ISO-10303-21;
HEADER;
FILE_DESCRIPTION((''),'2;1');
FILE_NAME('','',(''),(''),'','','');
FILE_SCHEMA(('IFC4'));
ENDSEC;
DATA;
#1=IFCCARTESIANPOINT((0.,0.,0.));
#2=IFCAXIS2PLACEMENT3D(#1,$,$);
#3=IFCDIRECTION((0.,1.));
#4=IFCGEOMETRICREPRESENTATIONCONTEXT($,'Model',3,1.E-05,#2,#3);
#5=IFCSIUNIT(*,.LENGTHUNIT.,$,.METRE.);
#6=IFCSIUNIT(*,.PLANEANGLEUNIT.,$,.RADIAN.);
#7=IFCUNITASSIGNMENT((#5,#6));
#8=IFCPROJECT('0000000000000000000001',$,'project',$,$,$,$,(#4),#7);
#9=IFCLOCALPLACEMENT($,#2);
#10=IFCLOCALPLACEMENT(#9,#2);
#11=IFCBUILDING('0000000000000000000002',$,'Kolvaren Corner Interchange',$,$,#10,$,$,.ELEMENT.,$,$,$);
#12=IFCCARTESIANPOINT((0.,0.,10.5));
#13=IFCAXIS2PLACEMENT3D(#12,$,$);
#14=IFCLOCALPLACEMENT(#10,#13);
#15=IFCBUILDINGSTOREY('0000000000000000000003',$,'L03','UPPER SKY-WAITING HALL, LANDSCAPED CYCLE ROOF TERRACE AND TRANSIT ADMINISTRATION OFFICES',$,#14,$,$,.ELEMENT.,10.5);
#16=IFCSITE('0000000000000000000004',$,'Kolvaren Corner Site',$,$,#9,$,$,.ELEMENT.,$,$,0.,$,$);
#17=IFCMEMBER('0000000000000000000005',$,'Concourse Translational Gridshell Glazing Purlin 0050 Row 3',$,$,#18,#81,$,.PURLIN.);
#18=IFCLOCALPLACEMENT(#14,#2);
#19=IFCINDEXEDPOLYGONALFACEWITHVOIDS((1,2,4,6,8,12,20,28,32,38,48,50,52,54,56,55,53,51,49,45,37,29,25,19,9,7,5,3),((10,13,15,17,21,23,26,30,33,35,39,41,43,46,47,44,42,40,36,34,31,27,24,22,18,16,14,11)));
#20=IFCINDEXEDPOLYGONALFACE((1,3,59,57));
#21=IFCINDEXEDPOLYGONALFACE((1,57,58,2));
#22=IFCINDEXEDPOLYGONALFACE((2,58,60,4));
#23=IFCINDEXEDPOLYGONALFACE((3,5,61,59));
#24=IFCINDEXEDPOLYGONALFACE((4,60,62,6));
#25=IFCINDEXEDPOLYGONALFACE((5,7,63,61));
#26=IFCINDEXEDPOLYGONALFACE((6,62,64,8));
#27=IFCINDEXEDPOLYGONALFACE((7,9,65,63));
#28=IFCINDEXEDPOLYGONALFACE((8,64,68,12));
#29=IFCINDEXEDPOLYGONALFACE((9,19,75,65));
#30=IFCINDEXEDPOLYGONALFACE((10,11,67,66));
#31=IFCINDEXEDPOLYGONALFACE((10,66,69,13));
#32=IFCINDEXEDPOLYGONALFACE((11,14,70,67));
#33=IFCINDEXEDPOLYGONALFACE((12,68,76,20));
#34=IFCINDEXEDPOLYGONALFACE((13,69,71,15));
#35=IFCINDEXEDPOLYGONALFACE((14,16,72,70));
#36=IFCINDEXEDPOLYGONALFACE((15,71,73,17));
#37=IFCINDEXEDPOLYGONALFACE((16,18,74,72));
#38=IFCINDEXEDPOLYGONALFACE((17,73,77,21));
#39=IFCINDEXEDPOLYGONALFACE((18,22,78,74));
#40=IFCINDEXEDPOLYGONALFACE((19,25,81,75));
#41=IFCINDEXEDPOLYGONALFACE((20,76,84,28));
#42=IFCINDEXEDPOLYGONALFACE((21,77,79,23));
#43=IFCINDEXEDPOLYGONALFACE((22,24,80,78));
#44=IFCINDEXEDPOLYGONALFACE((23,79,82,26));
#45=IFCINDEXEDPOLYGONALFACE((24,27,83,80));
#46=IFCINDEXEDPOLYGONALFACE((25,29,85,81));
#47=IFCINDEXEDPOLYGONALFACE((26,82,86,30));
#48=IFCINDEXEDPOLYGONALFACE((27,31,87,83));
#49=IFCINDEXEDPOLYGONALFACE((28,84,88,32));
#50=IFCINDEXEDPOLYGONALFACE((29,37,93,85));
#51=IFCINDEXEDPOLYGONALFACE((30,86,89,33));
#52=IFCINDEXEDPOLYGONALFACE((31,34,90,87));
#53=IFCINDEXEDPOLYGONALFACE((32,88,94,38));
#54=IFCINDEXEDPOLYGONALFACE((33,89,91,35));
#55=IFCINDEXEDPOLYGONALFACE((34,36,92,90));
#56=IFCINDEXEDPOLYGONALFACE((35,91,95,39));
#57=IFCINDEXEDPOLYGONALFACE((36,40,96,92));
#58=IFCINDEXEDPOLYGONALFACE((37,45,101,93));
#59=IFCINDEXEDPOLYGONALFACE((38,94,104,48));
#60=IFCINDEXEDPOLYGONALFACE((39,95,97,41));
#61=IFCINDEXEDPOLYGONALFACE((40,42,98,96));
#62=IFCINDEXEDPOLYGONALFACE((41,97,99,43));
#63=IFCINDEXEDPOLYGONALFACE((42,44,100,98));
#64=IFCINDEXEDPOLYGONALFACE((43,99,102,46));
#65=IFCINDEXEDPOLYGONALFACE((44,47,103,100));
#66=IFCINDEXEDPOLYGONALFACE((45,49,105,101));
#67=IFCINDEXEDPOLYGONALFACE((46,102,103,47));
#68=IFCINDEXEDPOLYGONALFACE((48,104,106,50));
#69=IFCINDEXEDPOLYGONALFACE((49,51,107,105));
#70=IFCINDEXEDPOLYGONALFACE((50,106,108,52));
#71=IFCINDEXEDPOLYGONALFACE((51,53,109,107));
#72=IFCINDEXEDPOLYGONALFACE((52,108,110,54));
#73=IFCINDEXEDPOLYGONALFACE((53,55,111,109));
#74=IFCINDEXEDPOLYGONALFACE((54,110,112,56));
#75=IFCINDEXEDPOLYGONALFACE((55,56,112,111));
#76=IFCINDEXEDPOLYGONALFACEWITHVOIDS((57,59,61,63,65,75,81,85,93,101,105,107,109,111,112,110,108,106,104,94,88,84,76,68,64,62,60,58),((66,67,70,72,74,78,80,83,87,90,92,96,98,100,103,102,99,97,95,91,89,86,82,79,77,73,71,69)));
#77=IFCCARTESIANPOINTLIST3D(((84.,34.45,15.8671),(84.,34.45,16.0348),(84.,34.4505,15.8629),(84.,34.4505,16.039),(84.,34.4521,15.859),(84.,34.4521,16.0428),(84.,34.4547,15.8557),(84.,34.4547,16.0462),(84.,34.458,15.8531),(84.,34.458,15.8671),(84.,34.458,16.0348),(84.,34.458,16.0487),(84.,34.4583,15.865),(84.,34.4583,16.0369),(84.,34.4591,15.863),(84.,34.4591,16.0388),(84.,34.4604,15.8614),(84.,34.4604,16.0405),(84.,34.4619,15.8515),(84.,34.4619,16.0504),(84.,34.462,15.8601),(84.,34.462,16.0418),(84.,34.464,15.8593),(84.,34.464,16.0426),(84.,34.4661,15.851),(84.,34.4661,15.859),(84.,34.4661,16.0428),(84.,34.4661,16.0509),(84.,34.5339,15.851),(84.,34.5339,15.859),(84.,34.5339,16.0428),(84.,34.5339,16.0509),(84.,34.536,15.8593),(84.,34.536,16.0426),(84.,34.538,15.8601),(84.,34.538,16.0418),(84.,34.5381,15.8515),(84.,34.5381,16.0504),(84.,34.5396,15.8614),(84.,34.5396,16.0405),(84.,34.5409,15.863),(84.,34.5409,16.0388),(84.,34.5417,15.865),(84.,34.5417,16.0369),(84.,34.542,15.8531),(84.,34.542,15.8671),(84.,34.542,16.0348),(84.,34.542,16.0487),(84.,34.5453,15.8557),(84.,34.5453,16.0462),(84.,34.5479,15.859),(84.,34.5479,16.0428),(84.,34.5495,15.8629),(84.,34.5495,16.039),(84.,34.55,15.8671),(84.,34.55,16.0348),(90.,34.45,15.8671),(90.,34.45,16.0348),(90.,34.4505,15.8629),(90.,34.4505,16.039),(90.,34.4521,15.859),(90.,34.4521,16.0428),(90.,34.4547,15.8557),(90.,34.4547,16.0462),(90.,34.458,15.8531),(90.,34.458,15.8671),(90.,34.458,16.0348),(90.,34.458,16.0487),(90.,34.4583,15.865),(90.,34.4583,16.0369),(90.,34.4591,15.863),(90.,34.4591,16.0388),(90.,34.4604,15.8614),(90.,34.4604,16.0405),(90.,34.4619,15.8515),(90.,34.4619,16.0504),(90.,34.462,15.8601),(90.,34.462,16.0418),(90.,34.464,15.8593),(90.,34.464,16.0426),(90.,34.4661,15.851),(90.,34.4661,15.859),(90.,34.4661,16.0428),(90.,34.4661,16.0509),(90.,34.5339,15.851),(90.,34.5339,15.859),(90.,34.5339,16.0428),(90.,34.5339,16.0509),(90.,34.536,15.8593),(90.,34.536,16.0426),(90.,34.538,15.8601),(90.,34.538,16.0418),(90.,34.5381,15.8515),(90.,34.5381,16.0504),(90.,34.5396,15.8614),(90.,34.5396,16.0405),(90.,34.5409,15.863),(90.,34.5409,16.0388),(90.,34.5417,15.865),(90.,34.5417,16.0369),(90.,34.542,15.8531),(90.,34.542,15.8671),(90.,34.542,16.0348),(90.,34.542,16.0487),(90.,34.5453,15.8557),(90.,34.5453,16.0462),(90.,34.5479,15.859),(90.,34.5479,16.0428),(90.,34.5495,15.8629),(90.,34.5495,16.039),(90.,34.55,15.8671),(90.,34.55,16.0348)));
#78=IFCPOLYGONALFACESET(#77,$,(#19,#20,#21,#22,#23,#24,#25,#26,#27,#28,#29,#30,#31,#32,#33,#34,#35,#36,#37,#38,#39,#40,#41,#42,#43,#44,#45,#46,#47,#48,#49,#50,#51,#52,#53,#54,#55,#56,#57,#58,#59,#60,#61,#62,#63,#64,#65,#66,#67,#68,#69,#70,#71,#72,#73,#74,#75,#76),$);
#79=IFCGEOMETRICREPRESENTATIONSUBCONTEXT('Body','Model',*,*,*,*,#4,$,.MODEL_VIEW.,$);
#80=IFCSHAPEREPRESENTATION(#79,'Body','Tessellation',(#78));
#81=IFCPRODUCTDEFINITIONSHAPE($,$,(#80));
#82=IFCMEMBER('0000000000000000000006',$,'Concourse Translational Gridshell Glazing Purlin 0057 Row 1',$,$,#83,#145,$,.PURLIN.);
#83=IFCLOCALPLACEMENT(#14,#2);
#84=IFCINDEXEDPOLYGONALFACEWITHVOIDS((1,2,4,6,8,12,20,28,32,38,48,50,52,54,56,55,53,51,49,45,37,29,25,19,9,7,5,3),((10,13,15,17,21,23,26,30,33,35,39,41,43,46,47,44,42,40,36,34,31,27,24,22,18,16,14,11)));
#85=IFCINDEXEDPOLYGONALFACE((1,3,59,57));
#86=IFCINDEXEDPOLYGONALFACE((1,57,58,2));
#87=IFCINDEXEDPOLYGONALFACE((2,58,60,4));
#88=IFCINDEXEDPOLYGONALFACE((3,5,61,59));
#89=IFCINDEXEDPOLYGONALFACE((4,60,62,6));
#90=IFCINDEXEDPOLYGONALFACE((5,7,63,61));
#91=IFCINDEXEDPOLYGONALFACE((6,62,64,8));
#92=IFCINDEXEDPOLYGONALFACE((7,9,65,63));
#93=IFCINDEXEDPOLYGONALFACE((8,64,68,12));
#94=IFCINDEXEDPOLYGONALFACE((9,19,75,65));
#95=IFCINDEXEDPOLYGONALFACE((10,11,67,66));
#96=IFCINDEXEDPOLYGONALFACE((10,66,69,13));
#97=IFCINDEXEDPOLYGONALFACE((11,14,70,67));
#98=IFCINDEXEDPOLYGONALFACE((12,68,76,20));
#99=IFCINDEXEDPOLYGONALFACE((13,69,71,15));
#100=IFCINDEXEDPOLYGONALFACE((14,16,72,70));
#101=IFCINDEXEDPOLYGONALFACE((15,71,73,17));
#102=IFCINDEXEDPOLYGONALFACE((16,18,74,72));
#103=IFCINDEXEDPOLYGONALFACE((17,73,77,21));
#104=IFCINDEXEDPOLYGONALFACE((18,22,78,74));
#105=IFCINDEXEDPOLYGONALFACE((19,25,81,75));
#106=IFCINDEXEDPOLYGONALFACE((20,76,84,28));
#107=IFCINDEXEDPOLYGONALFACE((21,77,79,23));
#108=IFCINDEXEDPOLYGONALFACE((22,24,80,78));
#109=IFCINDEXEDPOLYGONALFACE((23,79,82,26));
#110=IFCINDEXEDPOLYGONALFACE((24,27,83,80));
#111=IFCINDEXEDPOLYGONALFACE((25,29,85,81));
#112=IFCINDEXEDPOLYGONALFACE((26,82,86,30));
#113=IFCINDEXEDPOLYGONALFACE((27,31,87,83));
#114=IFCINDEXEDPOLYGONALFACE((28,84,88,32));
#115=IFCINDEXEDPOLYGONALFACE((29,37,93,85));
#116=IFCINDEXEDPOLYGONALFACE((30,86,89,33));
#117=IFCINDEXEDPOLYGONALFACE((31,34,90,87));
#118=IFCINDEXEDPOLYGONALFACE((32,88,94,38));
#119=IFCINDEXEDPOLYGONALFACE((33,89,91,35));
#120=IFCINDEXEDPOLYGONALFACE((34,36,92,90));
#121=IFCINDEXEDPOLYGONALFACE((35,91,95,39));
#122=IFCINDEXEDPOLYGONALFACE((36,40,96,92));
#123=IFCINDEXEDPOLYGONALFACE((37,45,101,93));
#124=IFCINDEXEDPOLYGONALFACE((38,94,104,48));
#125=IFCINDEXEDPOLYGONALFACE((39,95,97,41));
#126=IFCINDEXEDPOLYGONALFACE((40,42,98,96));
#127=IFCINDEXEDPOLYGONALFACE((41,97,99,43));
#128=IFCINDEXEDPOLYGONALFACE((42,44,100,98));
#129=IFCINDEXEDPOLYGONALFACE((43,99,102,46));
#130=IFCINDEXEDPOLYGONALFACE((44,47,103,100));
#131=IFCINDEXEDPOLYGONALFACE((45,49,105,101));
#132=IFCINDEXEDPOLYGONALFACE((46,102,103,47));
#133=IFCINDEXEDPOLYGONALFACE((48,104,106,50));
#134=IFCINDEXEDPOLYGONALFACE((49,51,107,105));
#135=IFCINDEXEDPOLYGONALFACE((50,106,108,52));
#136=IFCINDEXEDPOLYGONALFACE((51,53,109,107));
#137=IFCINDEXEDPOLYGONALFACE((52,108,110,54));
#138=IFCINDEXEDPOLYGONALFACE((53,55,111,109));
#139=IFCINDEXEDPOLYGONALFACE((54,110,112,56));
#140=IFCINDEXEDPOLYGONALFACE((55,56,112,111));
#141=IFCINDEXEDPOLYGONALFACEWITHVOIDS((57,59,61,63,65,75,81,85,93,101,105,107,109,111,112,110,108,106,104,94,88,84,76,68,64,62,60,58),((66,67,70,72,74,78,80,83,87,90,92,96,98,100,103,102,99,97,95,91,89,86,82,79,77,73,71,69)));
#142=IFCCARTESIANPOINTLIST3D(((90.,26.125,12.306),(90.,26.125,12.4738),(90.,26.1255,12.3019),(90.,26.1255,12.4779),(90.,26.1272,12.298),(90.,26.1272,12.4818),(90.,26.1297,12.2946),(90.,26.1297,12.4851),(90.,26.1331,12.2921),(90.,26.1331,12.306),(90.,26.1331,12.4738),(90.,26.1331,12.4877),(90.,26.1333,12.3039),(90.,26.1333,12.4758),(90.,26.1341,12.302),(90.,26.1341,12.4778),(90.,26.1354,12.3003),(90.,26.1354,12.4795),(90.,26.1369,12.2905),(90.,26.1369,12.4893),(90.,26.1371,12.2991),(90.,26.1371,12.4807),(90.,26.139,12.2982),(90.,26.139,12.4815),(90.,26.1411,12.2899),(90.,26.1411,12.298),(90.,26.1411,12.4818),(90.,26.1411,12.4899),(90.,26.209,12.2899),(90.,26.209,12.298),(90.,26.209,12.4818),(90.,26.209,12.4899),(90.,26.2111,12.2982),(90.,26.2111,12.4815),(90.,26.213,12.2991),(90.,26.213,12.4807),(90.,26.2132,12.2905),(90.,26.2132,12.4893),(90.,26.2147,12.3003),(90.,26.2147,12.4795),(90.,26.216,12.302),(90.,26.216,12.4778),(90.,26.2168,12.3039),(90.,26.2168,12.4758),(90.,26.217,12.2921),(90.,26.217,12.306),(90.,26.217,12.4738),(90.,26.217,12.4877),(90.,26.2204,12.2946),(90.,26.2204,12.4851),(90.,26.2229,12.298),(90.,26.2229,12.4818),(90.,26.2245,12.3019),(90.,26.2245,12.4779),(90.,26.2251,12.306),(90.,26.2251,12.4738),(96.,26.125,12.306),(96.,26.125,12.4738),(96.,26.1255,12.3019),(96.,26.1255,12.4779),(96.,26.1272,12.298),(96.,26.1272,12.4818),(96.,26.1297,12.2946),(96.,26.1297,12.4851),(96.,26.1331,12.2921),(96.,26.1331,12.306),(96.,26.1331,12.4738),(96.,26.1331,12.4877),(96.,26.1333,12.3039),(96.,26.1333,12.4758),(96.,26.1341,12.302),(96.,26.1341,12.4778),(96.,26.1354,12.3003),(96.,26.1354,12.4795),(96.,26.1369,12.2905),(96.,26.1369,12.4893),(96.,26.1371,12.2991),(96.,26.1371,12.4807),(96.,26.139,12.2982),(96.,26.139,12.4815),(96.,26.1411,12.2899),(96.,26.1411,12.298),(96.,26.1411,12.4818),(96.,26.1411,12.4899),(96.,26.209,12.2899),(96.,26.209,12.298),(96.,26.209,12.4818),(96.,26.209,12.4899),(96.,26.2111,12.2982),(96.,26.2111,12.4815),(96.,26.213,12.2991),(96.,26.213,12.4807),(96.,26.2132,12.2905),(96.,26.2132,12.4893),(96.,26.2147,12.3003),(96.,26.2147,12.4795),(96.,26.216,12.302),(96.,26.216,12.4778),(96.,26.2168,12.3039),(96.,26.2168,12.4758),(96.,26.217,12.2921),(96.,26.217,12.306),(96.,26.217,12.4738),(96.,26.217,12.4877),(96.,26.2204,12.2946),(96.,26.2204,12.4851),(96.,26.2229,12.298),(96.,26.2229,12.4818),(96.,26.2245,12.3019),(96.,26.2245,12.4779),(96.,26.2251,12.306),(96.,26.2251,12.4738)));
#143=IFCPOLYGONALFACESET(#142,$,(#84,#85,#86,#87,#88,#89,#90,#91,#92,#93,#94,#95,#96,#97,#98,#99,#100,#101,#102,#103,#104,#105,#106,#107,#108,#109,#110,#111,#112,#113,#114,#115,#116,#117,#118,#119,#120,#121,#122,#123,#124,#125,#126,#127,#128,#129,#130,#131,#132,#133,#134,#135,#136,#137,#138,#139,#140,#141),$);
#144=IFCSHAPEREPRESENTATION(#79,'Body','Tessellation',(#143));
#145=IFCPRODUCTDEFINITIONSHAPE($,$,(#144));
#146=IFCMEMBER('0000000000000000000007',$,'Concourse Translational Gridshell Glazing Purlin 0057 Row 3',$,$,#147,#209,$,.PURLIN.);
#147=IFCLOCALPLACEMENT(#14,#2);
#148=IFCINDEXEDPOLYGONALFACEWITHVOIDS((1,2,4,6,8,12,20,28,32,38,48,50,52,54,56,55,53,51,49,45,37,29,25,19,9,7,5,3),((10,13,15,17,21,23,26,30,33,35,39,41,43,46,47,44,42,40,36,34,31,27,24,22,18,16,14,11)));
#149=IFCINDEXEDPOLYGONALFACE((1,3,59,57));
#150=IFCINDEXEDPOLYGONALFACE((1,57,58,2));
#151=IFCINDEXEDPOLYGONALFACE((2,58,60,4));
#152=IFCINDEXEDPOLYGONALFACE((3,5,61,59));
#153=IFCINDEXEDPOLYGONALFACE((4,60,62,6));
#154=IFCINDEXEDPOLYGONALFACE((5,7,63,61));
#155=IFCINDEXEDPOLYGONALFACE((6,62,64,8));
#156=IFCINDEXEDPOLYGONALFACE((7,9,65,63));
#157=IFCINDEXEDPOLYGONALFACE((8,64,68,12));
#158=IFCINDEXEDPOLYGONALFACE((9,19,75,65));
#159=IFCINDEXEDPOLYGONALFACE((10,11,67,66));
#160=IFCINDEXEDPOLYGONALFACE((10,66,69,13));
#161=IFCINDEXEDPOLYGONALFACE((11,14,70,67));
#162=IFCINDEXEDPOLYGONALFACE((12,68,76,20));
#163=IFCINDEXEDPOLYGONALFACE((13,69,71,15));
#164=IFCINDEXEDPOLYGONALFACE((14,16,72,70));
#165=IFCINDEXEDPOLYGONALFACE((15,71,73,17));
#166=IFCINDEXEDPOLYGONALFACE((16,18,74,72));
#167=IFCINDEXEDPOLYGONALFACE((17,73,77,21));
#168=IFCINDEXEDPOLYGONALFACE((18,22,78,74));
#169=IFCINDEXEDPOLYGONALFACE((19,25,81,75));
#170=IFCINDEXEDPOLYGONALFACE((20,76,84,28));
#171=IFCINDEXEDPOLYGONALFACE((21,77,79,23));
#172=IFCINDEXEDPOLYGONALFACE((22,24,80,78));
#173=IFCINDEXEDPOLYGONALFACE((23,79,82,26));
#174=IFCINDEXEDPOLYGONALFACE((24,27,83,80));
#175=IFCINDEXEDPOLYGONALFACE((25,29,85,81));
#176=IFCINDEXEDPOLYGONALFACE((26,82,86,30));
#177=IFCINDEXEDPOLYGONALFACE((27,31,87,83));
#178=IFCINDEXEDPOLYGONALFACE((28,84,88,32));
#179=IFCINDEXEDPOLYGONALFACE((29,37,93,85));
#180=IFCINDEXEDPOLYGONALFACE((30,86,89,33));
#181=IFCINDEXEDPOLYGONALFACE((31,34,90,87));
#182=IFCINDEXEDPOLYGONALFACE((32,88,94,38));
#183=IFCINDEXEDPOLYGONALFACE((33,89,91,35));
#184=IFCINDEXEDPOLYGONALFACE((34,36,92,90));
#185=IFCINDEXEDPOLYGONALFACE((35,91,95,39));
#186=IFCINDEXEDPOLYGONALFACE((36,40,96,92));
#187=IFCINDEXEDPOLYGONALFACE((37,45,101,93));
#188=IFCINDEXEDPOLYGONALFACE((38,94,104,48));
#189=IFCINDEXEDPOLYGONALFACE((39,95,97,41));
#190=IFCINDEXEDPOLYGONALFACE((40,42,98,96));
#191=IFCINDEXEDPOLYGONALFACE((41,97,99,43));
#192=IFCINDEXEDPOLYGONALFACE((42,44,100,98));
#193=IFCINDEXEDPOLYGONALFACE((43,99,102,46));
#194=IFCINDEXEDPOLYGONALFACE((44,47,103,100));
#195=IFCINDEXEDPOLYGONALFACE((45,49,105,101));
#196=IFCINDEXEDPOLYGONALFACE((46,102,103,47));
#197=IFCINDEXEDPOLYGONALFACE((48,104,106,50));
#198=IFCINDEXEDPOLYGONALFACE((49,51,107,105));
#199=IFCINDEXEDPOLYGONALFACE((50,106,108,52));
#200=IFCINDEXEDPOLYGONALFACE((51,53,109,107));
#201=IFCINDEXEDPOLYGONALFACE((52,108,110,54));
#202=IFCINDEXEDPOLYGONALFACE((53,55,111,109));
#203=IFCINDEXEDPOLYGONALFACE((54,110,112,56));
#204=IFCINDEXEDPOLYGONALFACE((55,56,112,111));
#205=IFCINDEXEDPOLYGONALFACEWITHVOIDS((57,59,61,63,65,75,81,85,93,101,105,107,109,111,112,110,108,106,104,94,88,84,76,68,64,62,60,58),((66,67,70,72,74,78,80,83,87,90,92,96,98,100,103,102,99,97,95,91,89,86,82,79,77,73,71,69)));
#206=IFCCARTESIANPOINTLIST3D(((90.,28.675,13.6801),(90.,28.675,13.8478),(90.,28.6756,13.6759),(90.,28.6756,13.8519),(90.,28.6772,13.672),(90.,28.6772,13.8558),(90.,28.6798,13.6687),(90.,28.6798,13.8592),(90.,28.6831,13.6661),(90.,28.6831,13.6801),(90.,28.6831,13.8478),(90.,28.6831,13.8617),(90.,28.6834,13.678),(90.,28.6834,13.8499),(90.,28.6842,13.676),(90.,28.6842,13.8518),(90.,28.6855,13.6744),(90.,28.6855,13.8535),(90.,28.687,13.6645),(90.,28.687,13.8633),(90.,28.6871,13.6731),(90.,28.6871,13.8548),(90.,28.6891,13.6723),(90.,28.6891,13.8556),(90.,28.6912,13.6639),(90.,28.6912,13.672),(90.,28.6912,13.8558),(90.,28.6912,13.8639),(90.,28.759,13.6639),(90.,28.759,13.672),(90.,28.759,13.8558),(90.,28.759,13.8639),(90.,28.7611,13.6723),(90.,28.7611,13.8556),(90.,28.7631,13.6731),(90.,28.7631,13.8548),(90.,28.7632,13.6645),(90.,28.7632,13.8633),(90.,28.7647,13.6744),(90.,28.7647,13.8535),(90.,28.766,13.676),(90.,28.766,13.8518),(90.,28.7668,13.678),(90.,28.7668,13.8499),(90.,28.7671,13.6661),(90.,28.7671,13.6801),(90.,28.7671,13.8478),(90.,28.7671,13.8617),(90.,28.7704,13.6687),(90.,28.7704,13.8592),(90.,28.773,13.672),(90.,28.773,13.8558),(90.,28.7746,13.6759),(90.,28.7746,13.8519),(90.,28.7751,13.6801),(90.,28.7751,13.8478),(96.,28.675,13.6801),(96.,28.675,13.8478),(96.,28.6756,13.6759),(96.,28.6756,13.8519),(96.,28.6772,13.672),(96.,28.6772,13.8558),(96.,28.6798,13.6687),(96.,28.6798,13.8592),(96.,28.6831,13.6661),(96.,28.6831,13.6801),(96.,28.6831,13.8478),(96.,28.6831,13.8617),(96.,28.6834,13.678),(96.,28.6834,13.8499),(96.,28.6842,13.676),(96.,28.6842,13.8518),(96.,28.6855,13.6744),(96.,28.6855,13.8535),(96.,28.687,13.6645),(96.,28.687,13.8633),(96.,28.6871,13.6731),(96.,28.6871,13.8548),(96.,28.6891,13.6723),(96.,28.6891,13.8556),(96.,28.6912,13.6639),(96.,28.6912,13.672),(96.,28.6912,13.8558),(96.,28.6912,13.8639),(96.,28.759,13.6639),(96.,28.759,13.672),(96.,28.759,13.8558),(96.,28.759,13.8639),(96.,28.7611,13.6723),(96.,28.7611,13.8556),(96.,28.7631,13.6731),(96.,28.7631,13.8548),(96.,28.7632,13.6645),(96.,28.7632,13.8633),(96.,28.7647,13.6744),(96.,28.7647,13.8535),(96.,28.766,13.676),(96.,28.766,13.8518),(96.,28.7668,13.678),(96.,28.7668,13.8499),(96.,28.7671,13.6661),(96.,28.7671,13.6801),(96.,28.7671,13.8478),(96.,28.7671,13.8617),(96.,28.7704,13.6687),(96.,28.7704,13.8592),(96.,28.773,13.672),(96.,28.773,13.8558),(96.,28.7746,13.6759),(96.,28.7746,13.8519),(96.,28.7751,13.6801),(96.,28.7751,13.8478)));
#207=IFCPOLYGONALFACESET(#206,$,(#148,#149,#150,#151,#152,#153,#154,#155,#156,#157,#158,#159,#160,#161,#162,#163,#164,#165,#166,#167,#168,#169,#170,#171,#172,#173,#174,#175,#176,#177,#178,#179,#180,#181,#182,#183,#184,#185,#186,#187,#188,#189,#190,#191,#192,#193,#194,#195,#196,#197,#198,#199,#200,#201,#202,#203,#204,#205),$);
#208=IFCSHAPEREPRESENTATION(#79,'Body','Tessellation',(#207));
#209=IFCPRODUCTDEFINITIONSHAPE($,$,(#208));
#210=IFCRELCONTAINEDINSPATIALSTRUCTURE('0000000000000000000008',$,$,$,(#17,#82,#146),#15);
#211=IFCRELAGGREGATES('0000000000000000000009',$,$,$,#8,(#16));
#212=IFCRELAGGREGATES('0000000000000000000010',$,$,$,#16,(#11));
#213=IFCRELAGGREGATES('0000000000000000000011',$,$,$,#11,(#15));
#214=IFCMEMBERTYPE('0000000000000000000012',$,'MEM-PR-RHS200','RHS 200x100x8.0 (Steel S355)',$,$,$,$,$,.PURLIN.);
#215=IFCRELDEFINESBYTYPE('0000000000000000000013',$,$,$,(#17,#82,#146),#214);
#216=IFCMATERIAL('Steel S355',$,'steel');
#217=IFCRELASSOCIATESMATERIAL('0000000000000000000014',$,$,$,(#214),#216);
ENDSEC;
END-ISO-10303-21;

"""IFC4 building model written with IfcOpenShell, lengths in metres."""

from ifc_helpers import new_model, si_unit, direction, frame, origin, origin_2d, place, context, subcontext, project, spatial, hollow_rectangle, extrude, material, material_profile, profile_set, type_object, element, save


model = new_model("IFC4")

# Units and contexts
model_context = context("Model", 3, precision=1e-05, world=origin(), true_north=direction((0.0, 1.0)))
body_context = subcontext(model_context, "Body", "Model", "MODEL_VIEW")
ifc_project = project(units=[si_unit("LENGTHUNIT", "METRE"), si_unit("PLANEANGLEUNIT", "RADIAN")], contexts=[model_context])

# Site, building, storey
site_placement = place(None, origin())
site = spatial("IfcSite", under=ifc_project, at=site_placement, Name="Kolvaren Corner Site", CompositionType="ELEMENT", RefElevation=0.0)
building_placement = place(site_placement, origin())
building = spatial("IfcBuilding", under=site, at=building_placement, Name="Kolvaren Corner Interchange", CompositionType="ELEMENT")
storey_placement = place(building_placement, frame((0.0, 0.0, 10.5)))
storey = spatial("IfcBuildingStorey", under=building, at=storey_placement, Name="L03", Description="UPPER SKY-WAITING HALL, LANDSCAPED CYCLE ROOF TERRACE AND TRANSIT ADMINISTRATION OFFICES", CompositionType="ELEMENT", Elevation=10.5)

# Members
ifc_material_1 = material(Name="Steel S355", Category="steel")
ifc_material_profile_1 = material_profile(ifc_material_1, hollow_rectangle(XDim=0.1001, YDim=0.2, WallThickness=0.0081, InnerFilletRadius=0.0081, OuterFilletRadius=0.0161, at=origin_2d()), Name="RHS 200x100x8.0")
ifc_profile_set_1 = profile_set([ifc_material_profile_1], Name="Steel S355")
member_type_1 = type_object("IfcMemberType", Name="MEM-PR-RHS200", Description="RHS 200x100x8.0 (Steel S355)", PredefinedType="PURLIN", material=ifc_profile_set_1)
for number, where, z_axis, x_axis, name in (
    (1, (84.0, 34.5, 15.9509), (1.0, 0.0, 0.0), (0.0, 1.0, 0.0), "Concourse Translational Gridshell Glazing Purlin 0050 Row 3"),
    (2, (90.0, 26.175, 12.3899), (1.0, 0.0, 0.0), (0.0, 1.0, 0.0), "Concourse Translational Gridshell Glazing Purlin 0057 Row 1"),
    (3, (90.0, 28.7251, 13.7639), (1.0, 0.0, 0.0), (0.0, 1.0, 0.0), "Concourse Translational Gridshell Glazing Purlin 0057 Row 3"),
):
    element("IfcMember", number, at=place(storey_placement, frame(where, z_axis=z_axis, x_axis=x_axis)), inside=storey, type_object=member_type_1, Name=name, PredefinedType="PURLIN", context=body_context, shape_type="SweptSolid", body=[
        extrude(hollow_rectangle(XDim=0.1001, YDim=0.2, WallThickness=0.0081, InnerFilletRadius=0.0081, OuterFilletRadius=0.0161, at=origin_2d()), origin(), (0.0, 0.0, 1.0), 6.0),
    ])

save(model, "model.ifc")
